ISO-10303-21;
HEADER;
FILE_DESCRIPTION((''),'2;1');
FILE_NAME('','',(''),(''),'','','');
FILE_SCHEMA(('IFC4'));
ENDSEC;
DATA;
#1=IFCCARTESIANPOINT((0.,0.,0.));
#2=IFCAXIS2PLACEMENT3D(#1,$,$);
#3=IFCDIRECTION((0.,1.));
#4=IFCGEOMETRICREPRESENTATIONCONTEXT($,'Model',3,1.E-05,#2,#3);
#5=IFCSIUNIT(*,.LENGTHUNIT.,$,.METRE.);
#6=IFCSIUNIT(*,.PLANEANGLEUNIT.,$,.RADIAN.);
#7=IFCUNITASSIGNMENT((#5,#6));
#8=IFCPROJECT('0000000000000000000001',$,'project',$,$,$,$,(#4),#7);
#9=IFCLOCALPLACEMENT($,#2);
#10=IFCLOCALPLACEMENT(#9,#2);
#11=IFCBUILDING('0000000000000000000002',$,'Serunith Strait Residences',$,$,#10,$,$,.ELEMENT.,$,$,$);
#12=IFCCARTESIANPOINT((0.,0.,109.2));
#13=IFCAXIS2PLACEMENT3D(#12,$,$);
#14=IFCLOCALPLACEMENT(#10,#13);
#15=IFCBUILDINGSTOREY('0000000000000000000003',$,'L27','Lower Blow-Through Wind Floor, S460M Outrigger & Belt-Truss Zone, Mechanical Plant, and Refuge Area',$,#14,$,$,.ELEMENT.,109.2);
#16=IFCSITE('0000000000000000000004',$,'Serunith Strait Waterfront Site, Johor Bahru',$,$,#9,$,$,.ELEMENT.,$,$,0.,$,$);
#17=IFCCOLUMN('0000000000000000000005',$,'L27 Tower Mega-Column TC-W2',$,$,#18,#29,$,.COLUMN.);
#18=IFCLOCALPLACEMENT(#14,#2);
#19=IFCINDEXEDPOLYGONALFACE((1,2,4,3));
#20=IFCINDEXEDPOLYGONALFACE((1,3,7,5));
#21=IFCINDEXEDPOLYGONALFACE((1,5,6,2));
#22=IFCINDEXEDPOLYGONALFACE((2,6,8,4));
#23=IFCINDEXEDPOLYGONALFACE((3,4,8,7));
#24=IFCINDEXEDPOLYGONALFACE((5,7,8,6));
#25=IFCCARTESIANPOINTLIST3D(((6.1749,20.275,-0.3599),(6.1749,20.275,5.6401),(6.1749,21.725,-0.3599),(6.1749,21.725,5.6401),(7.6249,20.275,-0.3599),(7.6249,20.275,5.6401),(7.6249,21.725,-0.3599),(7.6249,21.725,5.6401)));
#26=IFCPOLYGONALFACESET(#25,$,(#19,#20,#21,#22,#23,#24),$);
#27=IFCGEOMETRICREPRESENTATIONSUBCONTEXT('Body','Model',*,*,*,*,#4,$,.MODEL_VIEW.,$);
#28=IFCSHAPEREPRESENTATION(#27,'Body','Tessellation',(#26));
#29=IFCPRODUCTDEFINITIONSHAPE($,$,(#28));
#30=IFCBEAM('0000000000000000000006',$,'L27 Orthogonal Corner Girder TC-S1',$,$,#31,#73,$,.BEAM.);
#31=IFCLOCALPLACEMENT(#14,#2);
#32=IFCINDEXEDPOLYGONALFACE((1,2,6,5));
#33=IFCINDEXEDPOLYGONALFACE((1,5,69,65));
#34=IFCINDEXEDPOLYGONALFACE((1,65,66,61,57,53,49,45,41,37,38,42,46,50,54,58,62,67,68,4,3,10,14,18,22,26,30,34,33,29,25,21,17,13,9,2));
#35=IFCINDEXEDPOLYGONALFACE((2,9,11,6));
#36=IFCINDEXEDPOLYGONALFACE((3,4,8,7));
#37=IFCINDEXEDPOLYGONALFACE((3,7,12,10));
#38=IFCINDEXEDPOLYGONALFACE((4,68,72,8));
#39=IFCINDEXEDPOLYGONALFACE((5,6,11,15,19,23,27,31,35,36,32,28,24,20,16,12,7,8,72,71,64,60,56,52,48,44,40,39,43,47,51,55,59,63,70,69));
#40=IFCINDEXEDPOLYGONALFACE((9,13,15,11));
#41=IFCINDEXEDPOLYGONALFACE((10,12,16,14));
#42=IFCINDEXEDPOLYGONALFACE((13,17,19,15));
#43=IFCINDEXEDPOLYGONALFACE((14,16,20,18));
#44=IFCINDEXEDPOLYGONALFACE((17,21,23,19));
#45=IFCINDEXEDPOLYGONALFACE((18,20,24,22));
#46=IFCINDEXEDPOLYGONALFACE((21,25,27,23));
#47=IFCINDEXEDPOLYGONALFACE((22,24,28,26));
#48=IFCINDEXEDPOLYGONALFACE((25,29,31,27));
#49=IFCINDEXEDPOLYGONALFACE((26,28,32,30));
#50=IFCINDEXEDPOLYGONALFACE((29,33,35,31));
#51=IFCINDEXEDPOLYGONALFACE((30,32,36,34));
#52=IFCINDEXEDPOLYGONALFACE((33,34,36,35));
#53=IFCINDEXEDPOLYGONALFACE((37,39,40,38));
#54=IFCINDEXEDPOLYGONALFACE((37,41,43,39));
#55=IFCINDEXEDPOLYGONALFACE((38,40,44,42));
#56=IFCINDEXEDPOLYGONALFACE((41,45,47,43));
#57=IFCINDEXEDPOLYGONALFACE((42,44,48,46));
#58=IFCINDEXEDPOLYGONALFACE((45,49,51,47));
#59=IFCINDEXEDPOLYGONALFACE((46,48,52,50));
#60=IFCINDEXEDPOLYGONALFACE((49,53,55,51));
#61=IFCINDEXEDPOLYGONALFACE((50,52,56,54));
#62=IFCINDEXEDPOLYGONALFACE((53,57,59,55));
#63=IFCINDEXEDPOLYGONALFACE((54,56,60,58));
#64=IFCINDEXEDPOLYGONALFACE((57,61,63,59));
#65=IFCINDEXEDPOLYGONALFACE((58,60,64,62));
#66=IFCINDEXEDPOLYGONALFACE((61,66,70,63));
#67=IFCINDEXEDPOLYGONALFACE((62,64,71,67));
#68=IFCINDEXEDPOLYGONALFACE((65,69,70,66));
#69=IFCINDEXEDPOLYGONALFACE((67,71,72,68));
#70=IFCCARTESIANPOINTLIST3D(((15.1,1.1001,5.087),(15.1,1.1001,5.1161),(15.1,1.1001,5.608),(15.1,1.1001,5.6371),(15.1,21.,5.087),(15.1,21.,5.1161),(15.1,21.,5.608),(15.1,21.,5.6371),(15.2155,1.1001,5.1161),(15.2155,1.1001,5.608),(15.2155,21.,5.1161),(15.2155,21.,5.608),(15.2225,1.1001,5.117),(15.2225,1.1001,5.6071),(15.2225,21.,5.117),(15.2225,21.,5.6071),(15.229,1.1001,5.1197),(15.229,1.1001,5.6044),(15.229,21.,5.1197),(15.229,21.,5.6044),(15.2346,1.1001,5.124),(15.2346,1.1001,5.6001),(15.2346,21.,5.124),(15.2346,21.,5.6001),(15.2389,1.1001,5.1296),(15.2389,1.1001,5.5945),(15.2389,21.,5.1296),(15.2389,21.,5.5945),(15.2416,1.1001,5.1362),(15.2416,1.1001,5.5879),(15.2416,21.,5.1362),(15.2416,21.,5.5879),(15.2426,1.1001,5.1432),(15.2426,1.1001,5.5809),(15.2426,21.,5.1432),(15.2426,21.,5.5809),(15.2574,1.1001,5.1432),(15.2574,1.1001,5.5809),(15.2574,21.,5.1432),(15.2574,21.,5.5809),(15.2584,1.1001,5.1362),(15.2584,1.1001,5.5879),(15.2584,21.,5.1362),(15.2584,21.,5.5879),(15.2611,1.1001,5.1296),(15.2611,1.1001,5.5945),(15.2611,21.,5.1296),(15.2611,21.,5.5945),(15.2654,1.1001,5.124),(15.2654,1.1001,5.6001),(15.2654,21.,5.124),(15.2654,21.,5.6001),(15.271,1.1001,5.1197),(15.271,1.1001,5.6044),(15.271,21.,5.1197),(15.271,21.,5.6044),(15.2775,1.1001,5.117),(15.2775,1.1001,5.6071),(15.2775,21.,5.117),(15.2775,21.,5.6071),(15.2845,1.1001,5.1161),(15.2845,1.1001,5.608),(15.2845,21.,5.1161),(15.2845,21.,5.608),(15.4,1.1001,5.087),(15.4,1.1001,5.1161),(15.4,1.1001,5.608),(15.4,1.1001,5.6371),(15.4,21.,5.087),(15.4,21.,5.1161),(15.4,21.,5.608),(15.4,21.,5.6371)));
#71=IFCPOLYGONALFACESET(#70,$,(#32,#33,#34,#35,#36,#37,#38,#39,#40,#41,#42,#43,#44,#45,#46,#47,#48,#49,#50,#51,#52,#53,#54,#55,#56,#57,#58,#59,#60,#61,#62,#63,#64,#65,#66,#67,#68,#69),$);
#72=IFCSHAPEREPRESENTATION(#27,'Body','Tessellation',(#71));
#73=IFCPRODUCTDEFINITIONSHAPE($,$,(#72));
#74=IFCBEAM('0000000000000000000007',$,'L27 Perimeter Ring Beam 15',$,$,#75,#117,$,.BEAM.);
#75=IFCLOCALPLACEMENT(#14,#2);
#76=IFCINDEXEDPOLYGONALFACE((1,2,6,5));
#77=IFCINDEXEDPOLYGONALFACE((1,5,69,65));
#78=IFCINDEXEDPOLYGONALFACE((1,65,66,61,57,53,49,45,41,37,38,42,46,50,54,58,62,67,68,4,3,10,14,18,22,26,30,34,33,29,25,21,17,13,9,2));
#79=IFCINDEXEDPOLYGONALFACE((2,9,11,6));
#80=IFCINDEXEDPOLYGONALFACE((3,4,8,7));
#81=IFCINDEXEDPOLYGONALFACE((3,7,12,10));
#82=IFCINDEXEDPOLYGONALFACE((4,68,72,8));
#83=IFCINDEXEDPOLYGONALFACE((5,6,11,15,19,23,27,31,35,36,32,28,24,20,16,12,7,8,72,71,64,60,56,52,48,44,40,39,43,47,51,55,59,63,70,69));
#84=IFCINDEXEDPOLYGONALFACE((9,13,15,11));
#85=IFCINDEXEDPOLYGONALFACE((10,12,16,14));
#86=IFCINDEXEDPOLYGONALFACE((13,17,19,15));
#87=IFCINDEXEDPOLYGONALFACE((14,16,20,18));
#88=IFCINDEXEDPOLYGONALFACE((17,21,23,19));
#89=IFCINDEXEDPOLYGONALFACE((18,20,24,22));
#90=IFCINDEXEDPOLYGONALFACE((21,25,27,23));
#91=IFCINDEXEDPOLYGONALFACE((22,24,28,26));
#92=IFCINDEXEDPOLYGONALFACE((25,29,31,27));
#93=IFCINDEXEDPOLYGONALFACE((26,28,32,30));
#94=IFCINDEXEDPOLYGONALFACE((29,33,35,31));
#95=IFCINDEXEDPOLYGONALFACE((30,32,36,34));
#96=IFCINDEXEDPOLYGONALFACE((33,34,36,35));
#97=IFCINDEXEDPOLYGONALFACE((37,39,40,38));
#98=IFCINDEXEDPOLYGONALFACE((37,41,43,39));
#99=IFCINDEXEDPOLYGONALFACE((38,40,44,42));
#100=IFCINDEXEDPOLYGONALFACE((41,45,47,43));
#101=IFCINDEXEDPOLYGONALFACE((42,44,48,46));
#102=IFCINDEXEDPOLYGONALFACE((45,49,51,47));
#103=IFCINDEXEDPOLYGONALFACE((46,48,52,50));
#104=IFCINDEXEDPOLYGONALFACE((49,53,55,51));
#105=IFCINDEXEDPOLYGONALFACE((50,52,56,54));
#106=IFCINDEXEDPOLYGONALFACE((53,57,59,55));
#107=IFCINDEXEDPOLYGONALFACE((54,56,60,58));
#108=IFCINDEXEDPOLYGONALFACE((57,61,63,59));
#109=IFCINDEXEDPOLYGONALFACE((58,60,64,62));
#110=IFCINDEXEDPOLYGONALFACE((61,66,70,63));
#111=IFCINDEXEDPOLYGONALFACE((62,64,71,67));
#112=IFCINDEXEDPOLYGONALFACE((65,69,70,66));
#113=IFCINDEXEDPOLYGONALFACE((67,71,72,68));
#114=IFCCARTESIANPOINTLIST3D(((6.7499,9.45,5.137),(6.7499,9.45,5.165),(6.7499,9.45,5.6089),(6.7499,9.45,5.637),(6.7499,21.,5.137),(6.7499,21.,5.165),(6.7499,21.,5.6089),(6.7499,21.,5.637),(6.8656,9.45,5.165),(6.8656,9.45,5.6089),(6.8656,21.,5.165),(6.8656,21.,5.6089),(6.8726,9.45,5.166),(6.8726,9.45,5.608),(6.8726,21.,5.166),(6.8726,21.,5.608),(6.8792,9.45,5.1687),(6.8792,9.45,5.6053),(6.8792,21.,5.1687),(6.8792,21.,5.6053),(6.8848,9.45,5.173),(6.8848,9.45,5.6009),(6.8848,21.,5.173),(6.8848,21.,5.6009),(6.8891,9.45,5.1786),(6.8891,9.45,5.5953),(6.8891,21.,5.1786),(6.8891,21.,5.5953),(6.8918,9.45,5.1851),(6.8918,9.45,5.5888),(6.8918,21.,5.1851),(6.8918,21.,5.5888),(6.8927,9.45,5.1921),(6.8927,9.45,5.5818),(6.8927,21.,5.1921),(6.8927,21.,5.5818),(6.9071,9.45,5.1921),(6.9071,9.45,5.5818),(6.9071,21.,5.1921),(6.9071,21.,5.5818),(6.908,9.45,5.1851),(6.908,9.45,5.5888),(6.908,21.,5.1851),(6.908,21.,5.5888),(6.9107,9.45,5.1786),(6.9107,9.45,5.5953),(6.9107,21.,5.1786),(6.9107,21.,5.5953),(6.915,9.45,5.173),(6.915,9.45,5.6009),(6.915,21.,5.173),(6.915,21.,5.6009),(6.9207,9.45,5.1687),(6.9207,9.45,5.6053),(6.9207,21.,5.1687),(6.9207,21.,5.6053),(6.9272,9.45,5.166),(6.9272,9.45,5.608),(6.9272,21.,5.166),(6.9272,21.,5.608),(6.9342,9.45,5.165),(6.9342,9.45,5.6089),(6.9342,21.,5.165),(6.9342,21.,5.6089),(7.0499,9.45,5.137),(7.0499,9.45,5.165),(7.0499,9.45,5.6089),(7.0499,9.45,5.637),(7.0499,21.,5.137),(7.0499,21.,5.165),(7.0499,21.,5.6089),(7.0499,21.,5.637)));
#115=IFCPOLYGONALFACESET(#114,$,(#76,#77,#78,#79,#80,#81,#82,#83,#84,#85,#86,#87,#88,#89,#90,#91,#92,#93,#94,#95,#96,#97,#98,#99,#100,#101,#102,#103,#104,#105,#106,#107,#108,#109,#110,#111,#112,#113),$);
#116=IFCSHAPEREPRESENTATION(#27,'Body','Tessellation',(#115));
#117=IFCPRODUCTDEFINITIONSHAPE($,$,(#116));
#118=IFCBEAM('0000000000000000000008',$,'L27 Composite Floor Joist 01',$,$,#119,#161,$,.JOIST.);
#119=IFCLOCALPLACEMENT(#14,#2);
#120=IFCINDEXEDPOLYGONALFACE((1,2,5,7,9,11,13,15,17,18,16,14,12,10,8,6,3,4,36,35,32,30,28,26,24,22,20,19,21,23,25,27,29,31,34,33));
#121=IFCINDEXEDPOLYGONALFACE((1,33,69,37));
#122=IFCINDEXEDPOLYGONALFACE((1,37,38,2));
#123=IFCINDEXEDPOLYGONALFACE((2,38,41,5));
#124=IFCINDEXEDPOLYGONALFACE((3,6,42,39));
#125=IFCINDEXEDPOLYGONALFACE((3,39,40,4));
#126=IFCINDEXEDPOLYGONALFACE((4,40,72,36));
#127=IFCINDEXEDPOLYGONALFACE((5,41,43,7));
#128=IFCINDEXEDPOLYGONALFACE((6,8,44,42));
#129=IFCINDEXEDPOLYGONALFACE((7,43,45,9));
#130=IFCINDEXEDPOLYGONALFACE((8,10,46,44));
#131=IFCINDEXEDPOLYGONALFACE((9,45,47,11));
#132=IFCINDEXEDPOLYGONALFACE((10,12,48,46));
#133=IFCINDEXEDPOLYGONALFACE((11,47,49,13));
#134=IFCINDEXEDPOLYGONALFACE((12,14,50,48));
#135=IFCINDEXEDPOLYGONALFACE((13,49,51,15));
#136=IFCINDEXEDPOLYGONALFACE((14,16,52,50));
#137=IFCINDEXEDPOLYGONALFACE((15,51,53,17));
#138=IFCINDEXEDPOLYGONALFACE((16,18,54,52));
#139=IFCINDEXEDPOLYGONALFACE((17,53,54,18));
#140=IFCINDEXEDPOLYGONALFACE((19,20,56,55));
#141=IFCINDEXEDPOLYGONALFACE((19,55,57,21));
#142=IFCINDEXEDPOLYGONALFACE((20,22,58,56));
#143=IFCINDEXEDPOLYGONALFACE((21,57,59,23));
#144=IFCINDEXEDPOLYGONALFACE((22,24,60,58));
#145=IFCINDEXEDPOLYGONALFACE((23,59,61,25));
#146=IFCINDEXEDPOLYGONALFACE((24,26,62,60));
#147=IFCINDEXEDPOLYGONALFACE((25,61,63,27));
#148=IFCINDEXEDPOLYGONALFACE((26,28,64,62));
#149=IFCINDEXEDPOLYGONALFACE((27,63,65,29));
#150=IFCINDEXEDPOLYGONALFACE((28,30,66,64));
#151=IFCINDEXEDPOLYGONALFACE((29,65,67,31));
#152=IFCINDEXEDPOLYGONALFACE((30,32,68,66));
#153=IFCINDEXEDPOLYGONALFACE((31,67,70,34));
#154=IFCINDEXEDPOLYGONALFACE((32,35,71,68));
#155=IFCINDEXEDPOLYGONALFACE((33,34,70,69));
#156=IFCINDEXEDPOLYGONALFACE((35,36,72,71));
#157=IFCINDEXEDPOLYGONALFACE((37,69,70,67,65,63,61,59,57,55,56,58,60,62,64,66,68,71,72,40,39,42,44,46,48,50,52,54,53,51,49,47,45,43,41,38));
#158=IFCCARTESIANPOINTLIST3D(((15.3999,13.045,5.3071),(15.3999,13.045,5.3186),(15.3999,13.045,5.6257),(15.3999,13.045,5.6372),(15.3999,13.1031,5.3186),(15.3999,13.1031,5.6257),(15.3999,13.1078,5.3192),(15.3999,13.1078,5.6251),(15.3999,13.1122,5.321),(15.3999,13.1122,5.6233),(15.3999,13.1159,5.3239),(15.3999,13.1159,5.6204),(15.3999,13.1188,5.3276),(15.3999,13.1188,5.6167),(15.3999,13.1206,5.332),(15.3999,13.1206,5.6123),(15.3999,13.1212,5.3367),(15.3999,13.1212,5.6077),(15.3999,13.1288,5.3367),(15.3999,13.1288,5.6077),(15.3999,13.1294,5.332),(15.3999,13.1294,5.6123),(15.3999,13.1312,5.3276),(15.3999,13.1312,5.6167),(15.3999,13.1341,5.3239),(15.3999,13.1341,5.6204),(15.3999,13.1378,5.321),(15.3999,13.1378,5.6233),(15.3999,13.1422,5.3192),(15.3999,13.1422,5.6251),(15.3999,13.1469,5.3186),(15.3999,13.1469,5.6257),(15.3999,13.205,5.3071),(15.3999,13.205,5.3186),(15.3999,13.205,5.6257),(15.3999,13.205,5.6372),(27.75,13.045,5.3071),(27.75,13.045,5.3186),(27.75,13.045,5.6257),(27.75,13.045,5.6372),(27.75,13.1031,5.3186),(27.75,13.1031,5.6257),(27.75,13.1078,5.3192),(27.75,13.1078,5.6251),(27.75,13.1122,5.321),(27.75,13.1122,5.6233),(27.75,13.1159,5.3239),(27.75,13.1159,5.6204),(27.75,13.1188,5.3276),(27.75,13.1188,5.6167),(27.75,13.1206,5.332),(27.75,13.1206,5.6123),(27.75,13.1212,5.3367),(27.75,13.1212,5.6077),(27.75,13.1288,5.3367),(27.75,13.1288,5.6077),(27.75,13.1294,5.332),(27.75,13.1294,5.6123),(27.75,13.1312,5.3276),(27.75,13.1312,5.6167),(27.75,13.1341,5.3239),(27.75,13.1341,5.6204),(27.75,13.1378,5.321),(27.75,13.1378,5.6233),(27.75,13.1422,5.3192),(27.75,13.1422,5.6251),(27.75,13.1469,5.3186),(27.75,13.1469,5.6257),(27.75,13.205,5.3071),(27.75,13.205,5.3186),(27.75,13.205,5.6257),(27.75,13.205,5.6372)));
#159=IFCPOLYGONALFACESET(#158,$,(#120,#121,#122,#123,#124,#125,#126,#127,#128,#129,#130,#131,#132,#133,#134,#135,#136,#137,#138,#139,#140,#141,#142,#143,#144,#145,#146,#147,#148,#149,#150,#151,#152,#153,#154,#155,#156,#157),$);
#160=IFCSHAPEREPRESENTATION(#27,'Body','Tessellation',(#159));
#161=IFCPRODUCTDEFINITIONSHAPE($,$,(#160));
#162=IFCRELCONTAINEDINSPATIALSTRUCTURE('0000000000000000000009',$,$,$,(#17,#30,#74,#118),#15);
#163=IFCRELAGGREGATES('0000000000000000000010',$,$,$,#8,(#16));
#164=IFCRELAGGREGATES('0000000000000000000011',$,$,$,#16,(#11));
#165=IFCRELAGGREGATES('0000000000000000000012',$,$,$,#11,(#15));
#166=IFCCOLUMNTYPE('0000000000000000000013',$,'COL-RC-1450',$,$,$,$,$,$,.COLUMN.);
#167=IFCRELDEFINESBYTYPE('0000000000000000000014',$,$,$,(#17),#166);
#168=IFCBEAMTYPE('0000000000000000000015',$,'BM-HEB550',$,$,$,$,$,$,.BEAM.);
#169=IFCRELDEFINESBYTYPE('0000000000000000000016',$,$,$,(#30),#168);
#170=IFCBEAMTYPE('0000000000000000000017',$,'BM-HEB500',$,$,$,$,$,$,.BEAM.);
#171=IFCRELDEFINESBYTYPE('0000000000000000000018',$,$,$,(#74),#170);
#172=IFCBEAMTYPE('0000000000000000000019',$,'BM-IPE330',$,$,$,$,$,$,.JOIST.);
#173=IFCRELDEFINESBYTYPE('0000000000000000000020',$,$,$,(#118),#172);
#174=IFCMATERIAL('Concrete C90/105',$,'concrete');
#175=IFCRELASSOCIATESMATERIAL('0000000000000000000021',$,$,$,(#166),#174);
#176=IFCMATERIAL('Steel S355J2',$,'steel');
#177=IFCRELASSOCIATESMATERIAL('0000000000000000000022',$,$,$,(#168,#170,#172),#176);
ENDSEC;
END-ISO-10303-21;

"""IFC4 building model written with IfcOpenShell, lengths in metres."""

from ifc_helpers import new_model, si_unit, direction, frame, origin, origin_2d, place, context, subcontext, project, spatial, rectangle, i_section, extrude, source, transform, mapped, material, material_profile, profile_set, type_object, element, save


model = new_model("IFC4")

# Units and contexts
model_context = context("Model", 3, precision=1e-05, world=origin(), true_north=direction((0.0, 1.0)))
body_context = subcontext(model_context, "Body", "Model", "MODEL_VIEW")
ifc_project = project(units=[si_unit("LENGTHUNIT", "METRE"), si_unit("PLANEANGLEUNIT", "RADIAN")], contexts=[model_context])

# Site, building, storey
site_placement = place(None, origin())
site = spatial("IfcSite", under=ifc_project, at=site_placement, Name="Serunith Strait Waterfront Site, Johor Bahru", CompositionType="ELEMENT", RefElevation=0.0)
building_placement = place(site_placement, origin())
building = spatial("IfcBuilding", under=site, at=building_placement, Name="Serunith Strait Residences", CompositionType="ELEMENT")
storey_placement = place(building_placement, frame((0.0, 0.0, 109.2)))
storey = spatial("IfcBuildingStorey", under=building, at=storey_placement, Name="L27", Description="Lower Blow-Through Wind Floor, S460M Outrigger & Belt-Truss Zone, Mechanical Plant, and Refuge Area", CompositionType="ELEMENT", Elevation=109.2)

# Column
ifc_material_1 = material(Name="Concrete C90/105", Category="concrete")
ifc_material_profile_1 = material_profile(ifc_material_1, rectangle(XDim=1.45, YDim=1.45, at=origin_2d()), Name="RC 1450x1450")
ifc_profile_set_1 = profile_set([ifc_material_profile_1], Name="Concrete C90/105")
column_type = type_object("IfcColumnType", Name="COL-RC-1450", PredefinedType="COLUMN", material=ifc_profile_set_1)
shared_shape_1 = source(origin(), body_context, "Body", "SweptSolid", [
    extrude(rectangle(XDim=1.45, YDim=1.45, at=origin_2d()), origin(), (0.0, 0.0, 1.0), 6.0),
])
column_placement = place(storey_placement, frame((6.8999, 21.0, -0.3599), z_axis=(0.0, 0.0, 1.0), x_axis=(1.0, 0.0, 0.0)))
element("IfcColumn", 1, at=column_placement, inside=storey, type_object=column_type, Name="L27 Tower Mega-Column TC-W2", PredefinedType="COLUMN", context=body_context, shape_type="MappedRepresentation", body=[
    mapped(shared_shape_1, transform((0.0, 0.0, 0.0), scale=1.0)),
])

# Beams
ifc_material_2 = material(Name="Steel S355J2", Category="steel")
ifc_material_profile_2 = material_profile(ifc_material_2, i_section(OverallWidth=0.3, OverallDepth=0.55, WebThickness=0.0149, FlangeThickness=0.0291, FilletRadius=0.0271, at=origin_2d()), Name="HEB 550")
ifc_profile_set_2 = profile_set([ifc_material_profile_2], Name="Steel S355J2")
beam_type_1 = type_object("IfcBeamType", Name="BM-HEB550", PredefinedType="BEAM", material=ifc_profile_set_2)
shared_shape_2 = source(origin(), body_context, "Body", "SweptSolid", [
    extrude(i_section(OverallWidth=0.3, OverallDepth=0.55, WebThickness=0.0149, FlangeThickness=0.0291, FilletRadius=0.0271, at=origin_2d()), origin(), (0.0, 0.0, 1.0), 19.8999),
])
beam_1_placement = place(storey_placement, frame((15.25, 21.0, 5.3621), z_axis=(0.0, -1.0, 0.0), x_axis=(1.0, 0.0, 0.0)))
element("IfcBeam", 2, at=beam_1_placement, inside=storey, type_object=beam_type_1, Name="L27 Orthogonal Corner Girder TC-S1", PredefinedType="BEAM", context=body_context, shape_type="MappedRepresentation", body=[
    mapped(shared_shape_2, transform((0.0, 0.0, 0.0), scale=1.0)),
])
ifc_material_profile_3 = material_profile(ifc_material_2, i_section(OverallWidth=0.3, OverallDepth=0.5, WebThickness=0.0144, FlangeThickness=0.0281, FilletRadius=0.0271, at=origin_2d()), Name="HEB 500")
ifc_profile_set_3 = profile_set([ifc_material_profile_3], Name="Steel S355J2")
beam_type_2 = type_object("IfcBeamType", Name="BM-HEB500", PredefinedType="BEAM", material=ifc_profile_set_3)
shared_shape_3 = source(origin(), body_context, "Body", "SweptSolid", [
    extrude(i_section(OverallWidth=0.3, OverallDepth=0.5, WebThickness=0.0144, FlangeThickness=0.0281, FilletRadius=0.0271, at=origin_2d()), origin(), (0.0, 0.0, 1.0), 11.55),
])
beam_2_placement = place(storey_placement, frame((6.8999, 21.0, 5.387), z_axis=(0.0, -1.0, 0.0), x_axis=(1.0, 0.0, 0.0)))
element("IfcBeam", 3, at=beam_2_placement, inside=storey, type_object=beam_type_2, Name="L27 Perimeter Ring Beam 15", PredefinedType="BEAM", context=body_context, shape_type="MappedRepresentation", body=[
    mapped(shared_shape_3, transform((0.0, 0.0, 0.0), scale=1.0)),
])
ifc_material_profile_4 = material_profile(ifc_material_2, i_section(OverallWidth=0.1599, OverallDepth=0.3301, WebThickness=0.0076, FlangeThickness=0.0115, FilletRadius=0.0181, at=origin_2d()), Name="IPE 330")
ifc_profile_set_4 = profile_set([ifc_material_profile_4], Name="Steel S355J2")
beam_type_3 = type_object("IfcBeamType", Name="BM-IPE330", PredefinedType="JOIST", material=ifc_profile_set_4)
shared_shape_4 = source(origin(), body_context, "Body", "SweptSolid", [
    extrude(i_section(OverallWidth=0.1599, OverallDepth=0.3301, WebThickness=0.0076, FlangeThickness=0.0115, FilletRadius=0.0181, at=origin_2d()), origin(), (0.0, 0.0, 1.0), 12.3501),
])
beam_3_placement = place(storey_placement, frame((15.3999, 13.125, 5.4722), z_axis=(1.0, 0.0, 0.0), x_axis=(0.0, 1.0, 0.0)))
element("IfcBeam", 4, at=beam_3_placement, inside=storey, type_object=beam_type_3, Name="L27 Composite Floor Joist 01", PredefinedType="JOIST", context=body_context, shape_type="MappedRepresentation", body=[
    mapped(shared_shape_4, transform((0.0, 0.0, 0.0), scale=1.0)),
])

save(model, "model.ifc")
